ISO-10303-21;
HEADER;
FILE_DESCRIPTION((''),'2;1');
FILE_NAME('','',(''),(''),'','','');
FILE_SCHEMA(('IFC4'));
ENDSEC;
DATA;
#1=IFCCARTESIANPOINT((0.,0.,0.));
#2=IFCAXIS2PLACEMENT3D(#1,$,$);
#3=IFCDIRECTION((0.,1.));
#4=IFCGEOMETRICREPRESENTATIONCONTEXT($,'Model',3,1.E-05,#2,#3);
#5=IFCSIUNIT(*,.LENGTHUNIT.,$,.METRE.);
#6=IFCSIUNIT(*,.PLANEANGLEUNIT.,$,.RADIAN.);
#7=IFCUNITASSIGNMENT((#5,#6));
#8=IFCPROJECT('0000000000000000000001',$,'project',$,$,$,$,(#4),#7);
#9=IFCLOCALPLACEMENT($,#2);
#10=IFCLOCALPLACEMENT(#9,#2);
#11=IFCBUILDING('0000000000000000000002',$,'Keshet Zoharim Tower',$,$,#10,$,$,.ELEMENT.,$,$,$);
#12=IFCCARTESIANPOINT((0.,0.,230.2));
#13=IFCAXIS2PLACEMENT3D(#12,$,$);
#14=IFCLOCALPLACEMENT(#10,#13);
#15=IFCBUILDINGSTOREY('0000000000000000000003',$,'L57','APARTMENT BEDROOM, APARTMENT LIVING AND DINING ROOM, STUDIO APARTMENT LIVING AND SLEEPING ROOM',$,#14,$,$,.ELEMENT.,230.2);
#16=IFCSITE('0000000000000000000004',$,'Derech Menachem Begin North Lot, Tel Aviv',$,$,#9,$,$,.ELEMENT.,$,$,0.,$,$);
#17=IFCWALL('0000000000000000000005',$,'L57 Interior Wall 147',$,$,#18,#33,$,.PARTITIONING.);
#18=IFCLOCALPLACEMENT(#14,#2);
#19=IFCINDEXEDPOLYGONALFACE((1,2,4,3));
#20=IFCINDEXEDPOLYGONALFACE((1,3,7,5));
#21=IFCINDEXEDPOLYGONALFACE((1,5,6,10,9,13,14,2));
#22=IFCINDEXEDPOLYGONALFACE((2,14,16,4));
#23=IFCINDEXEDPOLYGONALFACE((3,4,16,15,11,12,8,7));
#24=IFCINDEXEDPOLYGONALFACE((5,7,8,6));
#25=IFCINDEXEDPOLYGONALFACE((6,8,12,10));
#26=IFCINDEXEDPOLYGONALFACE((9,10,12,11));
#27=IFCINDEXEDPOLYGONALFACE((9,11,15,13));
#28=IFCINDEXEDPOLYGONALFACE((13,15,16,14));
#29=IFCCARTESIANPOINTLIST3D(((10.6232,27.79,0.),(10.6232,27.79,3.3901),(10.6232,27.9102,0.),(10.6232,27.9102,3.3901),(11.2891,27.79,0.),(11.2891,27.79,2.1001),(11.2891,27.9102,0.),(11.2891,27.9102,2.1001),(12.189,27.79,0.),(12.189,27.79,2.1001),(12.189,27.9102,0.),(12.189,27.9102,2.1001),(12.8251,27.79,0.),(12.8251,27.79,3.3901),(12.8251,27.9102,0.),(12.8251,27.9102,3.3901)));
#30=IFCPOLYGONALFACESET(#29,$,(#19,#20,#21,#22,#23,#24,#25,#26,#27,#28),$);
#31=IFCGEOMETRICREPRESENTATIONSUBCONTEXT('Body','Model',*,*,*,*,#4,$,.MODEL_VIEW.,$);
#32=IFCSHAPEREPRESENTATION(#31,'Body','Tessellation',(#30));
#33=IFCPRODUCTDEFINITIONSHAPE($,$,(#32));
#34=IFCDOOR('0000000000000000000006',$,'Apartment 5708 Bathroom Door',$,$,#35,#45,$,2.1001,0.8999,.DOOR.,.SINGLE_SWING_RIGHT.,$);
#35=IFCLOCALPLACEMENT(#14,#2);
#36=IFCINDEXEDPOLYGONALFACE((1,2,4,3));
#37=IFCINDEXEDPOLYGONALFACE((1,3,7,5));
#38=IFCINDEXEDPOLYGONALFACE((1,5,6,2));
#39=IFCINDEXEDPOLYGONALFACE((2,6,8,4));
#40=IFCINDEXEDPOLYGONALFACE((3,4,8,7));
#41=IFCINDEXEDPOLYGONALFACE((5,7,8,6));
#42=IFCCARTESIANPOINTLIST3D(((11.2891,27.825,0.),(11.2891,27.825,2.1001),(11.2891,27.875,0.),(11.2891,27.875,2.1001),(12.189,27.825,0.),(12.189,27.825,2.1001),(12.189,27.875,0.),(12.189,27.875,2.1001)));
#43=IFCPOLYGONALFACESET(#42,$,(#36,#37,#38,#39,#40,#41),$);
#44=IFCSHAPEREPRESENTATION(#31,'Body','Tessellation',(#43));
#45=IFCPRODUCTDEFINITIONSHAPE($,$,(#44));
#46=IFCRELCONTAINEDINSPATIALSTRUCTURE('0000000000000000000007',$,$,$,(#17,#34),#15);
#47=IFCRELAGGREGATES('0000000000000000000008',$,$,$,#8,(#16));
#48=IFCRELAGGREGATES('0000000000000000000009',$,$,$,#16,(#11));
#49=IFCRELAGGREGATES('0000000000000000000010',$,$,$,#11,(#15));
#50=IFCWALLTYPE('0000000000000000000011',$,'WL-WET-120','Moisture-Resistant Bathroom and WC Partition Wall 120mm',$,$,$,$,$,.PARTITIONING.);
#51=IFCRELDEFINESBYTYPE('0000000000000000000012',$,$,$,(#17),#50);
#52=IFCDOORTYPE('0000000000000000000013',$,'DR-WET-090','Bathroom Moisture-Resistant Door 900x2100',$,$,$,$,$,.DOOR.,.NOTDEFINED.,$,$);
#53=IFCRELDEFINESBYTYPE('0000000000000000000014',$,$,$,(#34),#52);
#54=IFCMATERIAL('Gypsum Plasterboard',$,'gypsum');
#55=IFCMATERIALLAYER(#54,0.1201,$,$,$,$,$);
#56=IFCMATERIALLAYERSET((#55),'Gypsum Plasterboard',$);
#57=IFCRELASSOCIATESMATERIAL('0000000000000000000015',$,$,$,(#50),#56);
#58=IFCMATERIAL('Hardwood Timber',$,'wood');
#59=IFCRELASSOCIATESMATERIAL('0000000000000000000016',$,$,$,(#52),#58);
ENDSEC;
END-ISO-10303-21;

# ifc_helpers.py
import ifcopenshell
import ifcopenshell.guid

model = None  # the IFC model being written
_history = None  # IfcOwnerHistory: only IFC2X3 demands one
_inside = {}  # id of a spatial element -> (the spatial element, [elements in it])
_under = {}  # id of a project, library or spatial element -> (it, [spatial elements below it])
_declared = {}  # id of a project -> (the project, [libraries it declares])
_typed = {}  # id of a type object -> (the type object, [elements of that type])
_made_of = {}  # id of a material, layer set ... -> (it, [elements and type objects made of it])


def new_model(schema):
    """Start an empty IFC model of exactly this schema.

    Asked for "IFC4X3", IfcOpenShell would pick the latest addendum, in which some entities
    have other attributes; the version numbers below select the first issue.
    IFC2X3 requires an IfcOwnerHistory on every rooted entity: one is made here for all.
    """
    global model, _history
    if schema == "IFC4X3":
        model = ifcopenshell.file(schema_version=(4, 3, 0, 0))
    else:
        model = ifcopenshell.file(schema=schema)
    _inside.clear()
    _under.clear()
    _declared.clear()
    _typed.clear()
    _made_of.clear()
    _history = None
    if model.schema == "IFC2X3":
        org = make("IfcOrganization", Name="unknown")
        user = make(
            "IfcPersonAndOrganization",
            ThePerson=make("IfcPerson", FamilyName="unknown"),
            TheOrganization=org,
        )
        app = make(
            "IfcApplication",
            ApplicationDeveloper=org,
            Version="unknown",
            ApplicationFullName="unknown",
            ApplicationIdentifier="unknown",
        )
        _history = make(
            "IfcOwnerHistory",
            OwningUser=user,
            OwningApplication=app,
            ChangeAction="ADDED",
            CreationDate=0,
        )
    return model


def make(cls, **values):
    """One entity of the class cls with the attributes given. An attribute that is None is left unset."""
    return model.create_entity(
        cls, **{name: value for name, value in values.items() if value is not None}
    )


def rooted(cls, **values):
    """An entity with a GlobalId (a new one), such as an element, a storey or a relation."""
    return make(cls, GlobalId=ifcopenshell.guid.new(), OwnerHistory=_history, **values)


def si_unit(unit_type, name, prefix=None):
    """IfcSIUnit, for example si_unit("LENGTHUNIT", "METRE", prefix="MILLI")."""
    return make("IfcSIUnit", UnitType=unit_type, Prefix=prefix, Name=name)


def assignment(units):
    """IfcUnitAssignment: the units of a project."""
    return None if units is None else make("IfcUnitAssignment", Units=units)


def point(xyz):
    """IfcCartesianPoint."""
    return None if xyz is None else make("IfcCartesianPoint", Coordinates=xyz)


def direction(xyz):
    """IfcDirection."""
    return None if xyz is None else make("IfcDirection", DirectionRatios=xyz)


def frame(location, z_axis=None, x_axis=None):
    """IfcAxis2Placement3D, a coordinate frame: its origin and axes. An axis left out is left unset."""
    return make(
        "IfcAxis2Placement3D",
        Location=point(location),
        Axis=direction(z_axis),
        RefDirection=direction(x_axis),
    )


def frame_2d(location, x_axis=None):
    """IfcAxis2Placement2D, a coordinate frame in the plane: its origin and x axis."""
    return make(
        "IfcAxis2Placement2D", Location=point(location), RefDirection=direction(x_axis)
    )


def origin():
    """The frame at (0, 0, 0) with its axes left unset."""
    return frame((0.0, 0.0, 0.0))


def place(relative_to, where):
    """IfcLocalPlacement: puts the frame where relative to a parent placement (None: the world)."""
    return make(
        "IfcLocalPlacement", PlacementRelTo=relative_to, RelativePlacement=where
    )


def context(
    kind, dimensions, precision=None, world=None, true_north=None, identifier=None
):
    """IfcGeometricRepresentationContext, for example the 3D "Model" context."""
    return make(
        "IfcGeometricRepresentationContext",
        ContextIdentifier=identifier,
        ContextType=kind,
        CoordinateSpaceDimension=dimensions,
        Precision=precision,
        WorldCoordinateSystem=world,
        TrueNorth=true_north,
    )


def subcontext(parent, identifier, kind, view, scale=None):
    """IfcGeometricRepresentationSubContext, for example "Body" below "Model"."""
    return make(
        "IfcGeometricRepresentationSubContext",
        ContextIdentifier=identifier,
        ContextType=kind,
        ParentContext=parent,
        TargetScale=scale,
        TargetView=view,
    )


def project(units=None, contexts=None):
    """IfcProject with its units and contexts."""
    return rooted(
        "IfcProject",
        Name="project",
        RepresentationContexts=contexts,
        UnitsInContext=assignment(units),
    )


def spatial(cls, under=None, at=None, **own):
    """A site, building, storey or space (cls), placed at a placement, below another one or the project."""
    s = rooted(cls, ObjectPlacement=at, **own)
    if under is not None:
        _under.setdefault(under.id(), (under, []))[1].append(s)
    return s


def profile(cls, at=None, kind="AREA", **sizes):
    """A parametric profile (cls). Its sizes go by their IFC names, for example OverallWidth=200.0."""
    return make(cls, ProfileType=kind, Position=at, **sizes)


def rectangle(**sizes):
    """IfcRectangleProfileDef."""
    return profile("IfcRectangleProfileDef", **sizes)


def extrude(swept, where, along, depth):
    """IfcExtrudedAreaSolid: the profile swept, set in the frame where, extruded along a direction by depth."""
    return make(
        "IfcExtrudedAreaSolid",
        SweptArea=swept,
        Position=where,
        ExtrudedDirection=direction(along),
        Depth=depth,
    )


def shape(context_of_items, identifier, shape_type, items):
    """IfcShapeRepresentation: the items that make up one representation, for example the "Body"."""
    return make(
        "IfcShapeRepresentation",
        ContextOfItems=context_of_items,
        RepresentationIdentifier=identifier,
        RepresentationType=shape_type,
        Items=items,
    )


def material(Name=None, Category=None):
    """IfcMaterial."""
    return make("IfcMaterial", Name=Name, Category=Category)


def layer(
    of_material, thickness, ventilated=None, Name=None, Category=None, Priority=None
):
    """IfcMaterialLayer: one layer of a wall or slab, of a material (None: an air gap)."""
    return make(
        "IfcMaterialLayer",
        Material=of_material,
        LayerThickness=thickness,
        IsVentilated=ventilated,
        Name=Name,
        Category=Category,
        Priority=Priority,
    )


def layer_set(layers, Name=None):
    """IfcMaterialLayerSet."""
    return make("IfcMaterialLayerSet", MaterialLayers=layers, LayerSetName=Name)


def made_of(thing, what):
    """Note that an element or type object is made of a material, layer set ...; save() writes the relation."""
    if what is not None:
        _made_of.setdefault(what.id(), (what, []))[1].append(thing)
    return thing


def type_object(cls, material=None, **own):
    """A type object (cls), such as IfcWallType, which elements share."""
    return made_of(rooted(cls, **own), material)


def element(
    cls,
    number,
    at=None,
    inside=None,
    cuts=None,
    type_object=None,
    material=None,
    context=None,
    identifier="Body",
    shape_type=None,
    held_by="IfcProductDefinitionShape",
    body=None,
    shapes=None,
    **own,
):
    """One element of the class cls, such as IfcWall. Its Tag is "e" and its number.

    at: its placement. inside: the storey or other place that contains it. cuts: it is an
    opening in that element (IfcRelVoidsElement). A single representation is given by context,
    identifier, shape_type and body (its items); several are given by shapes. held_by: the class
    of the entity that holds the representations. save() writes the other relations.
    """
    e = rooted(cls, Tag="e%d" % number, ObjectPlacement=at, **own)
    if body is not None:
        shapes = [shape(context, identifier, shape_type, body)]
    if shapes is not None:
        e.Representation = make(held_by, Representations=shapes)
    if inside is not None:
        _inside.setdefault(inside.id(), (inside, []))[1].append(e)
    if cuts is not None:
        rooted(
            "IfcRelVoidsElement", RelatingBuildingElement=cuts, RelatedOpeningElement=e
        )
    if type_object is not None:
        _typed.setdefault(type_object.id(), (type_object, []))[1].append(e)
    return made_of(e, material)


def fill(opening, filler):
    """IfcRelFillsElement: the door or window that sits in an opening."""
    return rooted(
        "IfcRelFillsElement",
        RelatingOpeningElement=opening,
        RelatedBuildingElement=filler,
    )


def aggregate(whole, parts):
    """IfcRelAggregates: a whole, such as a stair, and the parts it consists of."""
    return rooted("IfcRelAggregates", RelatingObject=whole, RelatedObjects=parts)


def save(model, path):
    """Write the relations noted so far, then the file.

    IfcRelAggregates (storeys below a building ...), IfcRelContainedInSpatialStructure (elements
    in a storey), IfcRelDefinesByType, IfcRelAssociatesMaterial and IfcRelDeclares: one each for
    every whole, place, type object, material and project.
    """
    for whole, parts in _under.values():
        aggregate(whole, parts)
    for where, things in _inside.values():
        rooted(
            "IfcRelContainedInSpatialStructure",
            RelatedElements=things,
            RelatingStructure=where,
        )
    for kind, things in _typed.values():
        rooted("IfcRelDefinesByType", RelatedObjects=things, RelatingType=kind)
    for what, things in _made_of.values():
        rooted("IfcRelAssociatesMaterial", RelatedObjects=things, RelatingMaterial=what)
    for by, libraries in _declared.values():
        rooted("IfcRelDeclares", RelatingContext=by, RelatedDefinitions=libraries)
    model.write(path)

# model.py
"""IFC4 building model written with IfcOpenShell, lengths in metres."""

from ifc_helpers import new_model, si_unit, direction, frame, frame_2d, origin, place, context, subcontext, project, spatial, rectangle, extrude, material, layer, layer_set, type_object, element, fill, save


model = new_model("IFC4")

# Units and contexts
model_context = context("Model", 3, precision=1e-05, world=origin(), true_north=direction((0.0, 1.0)))
body_context = subcontext(model_context, "Body", "Model", "MODEL_VIEW")
ifc_project = project(units=[si_unit("LENGTHUNIT", "METRE"), si_unit("PLANEANGLEUNIT", "RADIAN")], contexts=[model_context])

# Site, building, storey
site_placement = place(None, origin())
site = spatial("IfcSite", under=ifc_project, at=site_placement, Name="Derech Menachem Begin North Lot, Tel Aviv", CompositionType="ELEMENT", RefElevation=0.0)
building_placement = place(site_placement, origin())
building = spatial("IfcBuilding", under=site, at=building_placement, Name="Keshet Zoharim Tower", CompositionType="ELEMENT")
storey_placement = place(building_placement, frame((0.0, 0.0, 230.2)))
storey = spatial("IfcBuildingStorey", under=building, at=storey_placement, Name="L57", Description="APARTMENT BEDROOM, APARTMENT LIVING AND DINING ROOM, STUDIO APARTMENT LIVING AND SLEEPING ROOM", CompositionType="ELEMENT", Elevation=230.2)

# Shared definitions
ifc_material_1 = material(Name="Hardwood Timber", Category="wood")

# Shared definitions
ifc_material_2 = material(Name="Gypsum Plasterboard", Category="gypsum")

# Shared definitions
ifc_layer_1 = layer(ifc_material_2, 0.1201)
ifc_layer_set_1 = layer_set([ifc_layer_1], Name="Gypsum Plasterboard")
wall_type_1 = type_object("IfcWallType", Name="WL-WET-120", Description="Moisture-Resistant Bathroom and WC Partition Wall 120mm", PredefinedType="PARTITIONING", material=ifc_layer_set_1)

# Wall, opening, door
wall_1_placement = place(storey_placement, frame((10.623, 27.8501, 0.0), z_axis=(0.0, 0.0, 1.0), x_axis=(1.0, 0.0, 0.0)))
wall_1 = element("IfcWall", 1, at=wall_1_placement, inside=storey, type_object=wall_type_1, Name="L57 Interior Wall 147", PredefinedType="PARTITIONING", context=body_context, shape_type="SweptSolid", body=[
    extrude(rectangle(XDim=2.2019, YDim=0.1201, at=frame_2d((1.1011, 0.0))), origin(), (0.0, 0.0, 1.0), 3.3901),
])
opening_1_placement = place(wall_1_placement, frame((0.666, 0.0, 0.0)))
opening_1 = element("IfcOpeningElement", 2, at=opening_1_placement, cuts=wall_1, PredefinedType="OPENING", context=body_context, shape_type="SweptSolid", body=[
    extrude(rectangle(XDim=0.8999, YDim=2.1001, at=frame_2d((0.45, 1.05))), frame((0.0, 0.0701, 0.0), z_axis=(0.0, -1.0, 0.0), x_axis=(1.0, 0.0, 0.0)), (0.0, 0.0, 1.0), 0.1401),
])
door_type_1 = type_object("IfcDoorType", Name="DR-WET-090", Description="Bathroom Moisture-Resistant Door 900x2100", OperationType="NOTDEFINED", PredefinedType="DOOR", material=ifc_material_1)
door_1_placement = place(opening_1_placement, origin())
door_1 = element("IfcDoor", 3, at=door_1_placement, inside=storey, type_object=door_type_1, Name="Apartment 5708 Bathroom Door", OperationType="SINGLE_SWING_RIGHT", OverallHeight=2.1001, OverallWidth=0.8999, PredefinedType="DOOR", context=body_context, shape_type="SweptSolid", body=[
    extrude(rectangle(XDim=0.8999, YDim=2.1001, at=frame_2d((0.45, 1.05))), frame((0.0, 0.0249, 0.0), z_axis=(0.0, -1.0, 0.0), x_axis=(1.0, 0.0, 0.0)), (0.0, 0.0, 1.0), 0.05),
])
fill(opening_1, door_1)

save(model, "model.ifc")
